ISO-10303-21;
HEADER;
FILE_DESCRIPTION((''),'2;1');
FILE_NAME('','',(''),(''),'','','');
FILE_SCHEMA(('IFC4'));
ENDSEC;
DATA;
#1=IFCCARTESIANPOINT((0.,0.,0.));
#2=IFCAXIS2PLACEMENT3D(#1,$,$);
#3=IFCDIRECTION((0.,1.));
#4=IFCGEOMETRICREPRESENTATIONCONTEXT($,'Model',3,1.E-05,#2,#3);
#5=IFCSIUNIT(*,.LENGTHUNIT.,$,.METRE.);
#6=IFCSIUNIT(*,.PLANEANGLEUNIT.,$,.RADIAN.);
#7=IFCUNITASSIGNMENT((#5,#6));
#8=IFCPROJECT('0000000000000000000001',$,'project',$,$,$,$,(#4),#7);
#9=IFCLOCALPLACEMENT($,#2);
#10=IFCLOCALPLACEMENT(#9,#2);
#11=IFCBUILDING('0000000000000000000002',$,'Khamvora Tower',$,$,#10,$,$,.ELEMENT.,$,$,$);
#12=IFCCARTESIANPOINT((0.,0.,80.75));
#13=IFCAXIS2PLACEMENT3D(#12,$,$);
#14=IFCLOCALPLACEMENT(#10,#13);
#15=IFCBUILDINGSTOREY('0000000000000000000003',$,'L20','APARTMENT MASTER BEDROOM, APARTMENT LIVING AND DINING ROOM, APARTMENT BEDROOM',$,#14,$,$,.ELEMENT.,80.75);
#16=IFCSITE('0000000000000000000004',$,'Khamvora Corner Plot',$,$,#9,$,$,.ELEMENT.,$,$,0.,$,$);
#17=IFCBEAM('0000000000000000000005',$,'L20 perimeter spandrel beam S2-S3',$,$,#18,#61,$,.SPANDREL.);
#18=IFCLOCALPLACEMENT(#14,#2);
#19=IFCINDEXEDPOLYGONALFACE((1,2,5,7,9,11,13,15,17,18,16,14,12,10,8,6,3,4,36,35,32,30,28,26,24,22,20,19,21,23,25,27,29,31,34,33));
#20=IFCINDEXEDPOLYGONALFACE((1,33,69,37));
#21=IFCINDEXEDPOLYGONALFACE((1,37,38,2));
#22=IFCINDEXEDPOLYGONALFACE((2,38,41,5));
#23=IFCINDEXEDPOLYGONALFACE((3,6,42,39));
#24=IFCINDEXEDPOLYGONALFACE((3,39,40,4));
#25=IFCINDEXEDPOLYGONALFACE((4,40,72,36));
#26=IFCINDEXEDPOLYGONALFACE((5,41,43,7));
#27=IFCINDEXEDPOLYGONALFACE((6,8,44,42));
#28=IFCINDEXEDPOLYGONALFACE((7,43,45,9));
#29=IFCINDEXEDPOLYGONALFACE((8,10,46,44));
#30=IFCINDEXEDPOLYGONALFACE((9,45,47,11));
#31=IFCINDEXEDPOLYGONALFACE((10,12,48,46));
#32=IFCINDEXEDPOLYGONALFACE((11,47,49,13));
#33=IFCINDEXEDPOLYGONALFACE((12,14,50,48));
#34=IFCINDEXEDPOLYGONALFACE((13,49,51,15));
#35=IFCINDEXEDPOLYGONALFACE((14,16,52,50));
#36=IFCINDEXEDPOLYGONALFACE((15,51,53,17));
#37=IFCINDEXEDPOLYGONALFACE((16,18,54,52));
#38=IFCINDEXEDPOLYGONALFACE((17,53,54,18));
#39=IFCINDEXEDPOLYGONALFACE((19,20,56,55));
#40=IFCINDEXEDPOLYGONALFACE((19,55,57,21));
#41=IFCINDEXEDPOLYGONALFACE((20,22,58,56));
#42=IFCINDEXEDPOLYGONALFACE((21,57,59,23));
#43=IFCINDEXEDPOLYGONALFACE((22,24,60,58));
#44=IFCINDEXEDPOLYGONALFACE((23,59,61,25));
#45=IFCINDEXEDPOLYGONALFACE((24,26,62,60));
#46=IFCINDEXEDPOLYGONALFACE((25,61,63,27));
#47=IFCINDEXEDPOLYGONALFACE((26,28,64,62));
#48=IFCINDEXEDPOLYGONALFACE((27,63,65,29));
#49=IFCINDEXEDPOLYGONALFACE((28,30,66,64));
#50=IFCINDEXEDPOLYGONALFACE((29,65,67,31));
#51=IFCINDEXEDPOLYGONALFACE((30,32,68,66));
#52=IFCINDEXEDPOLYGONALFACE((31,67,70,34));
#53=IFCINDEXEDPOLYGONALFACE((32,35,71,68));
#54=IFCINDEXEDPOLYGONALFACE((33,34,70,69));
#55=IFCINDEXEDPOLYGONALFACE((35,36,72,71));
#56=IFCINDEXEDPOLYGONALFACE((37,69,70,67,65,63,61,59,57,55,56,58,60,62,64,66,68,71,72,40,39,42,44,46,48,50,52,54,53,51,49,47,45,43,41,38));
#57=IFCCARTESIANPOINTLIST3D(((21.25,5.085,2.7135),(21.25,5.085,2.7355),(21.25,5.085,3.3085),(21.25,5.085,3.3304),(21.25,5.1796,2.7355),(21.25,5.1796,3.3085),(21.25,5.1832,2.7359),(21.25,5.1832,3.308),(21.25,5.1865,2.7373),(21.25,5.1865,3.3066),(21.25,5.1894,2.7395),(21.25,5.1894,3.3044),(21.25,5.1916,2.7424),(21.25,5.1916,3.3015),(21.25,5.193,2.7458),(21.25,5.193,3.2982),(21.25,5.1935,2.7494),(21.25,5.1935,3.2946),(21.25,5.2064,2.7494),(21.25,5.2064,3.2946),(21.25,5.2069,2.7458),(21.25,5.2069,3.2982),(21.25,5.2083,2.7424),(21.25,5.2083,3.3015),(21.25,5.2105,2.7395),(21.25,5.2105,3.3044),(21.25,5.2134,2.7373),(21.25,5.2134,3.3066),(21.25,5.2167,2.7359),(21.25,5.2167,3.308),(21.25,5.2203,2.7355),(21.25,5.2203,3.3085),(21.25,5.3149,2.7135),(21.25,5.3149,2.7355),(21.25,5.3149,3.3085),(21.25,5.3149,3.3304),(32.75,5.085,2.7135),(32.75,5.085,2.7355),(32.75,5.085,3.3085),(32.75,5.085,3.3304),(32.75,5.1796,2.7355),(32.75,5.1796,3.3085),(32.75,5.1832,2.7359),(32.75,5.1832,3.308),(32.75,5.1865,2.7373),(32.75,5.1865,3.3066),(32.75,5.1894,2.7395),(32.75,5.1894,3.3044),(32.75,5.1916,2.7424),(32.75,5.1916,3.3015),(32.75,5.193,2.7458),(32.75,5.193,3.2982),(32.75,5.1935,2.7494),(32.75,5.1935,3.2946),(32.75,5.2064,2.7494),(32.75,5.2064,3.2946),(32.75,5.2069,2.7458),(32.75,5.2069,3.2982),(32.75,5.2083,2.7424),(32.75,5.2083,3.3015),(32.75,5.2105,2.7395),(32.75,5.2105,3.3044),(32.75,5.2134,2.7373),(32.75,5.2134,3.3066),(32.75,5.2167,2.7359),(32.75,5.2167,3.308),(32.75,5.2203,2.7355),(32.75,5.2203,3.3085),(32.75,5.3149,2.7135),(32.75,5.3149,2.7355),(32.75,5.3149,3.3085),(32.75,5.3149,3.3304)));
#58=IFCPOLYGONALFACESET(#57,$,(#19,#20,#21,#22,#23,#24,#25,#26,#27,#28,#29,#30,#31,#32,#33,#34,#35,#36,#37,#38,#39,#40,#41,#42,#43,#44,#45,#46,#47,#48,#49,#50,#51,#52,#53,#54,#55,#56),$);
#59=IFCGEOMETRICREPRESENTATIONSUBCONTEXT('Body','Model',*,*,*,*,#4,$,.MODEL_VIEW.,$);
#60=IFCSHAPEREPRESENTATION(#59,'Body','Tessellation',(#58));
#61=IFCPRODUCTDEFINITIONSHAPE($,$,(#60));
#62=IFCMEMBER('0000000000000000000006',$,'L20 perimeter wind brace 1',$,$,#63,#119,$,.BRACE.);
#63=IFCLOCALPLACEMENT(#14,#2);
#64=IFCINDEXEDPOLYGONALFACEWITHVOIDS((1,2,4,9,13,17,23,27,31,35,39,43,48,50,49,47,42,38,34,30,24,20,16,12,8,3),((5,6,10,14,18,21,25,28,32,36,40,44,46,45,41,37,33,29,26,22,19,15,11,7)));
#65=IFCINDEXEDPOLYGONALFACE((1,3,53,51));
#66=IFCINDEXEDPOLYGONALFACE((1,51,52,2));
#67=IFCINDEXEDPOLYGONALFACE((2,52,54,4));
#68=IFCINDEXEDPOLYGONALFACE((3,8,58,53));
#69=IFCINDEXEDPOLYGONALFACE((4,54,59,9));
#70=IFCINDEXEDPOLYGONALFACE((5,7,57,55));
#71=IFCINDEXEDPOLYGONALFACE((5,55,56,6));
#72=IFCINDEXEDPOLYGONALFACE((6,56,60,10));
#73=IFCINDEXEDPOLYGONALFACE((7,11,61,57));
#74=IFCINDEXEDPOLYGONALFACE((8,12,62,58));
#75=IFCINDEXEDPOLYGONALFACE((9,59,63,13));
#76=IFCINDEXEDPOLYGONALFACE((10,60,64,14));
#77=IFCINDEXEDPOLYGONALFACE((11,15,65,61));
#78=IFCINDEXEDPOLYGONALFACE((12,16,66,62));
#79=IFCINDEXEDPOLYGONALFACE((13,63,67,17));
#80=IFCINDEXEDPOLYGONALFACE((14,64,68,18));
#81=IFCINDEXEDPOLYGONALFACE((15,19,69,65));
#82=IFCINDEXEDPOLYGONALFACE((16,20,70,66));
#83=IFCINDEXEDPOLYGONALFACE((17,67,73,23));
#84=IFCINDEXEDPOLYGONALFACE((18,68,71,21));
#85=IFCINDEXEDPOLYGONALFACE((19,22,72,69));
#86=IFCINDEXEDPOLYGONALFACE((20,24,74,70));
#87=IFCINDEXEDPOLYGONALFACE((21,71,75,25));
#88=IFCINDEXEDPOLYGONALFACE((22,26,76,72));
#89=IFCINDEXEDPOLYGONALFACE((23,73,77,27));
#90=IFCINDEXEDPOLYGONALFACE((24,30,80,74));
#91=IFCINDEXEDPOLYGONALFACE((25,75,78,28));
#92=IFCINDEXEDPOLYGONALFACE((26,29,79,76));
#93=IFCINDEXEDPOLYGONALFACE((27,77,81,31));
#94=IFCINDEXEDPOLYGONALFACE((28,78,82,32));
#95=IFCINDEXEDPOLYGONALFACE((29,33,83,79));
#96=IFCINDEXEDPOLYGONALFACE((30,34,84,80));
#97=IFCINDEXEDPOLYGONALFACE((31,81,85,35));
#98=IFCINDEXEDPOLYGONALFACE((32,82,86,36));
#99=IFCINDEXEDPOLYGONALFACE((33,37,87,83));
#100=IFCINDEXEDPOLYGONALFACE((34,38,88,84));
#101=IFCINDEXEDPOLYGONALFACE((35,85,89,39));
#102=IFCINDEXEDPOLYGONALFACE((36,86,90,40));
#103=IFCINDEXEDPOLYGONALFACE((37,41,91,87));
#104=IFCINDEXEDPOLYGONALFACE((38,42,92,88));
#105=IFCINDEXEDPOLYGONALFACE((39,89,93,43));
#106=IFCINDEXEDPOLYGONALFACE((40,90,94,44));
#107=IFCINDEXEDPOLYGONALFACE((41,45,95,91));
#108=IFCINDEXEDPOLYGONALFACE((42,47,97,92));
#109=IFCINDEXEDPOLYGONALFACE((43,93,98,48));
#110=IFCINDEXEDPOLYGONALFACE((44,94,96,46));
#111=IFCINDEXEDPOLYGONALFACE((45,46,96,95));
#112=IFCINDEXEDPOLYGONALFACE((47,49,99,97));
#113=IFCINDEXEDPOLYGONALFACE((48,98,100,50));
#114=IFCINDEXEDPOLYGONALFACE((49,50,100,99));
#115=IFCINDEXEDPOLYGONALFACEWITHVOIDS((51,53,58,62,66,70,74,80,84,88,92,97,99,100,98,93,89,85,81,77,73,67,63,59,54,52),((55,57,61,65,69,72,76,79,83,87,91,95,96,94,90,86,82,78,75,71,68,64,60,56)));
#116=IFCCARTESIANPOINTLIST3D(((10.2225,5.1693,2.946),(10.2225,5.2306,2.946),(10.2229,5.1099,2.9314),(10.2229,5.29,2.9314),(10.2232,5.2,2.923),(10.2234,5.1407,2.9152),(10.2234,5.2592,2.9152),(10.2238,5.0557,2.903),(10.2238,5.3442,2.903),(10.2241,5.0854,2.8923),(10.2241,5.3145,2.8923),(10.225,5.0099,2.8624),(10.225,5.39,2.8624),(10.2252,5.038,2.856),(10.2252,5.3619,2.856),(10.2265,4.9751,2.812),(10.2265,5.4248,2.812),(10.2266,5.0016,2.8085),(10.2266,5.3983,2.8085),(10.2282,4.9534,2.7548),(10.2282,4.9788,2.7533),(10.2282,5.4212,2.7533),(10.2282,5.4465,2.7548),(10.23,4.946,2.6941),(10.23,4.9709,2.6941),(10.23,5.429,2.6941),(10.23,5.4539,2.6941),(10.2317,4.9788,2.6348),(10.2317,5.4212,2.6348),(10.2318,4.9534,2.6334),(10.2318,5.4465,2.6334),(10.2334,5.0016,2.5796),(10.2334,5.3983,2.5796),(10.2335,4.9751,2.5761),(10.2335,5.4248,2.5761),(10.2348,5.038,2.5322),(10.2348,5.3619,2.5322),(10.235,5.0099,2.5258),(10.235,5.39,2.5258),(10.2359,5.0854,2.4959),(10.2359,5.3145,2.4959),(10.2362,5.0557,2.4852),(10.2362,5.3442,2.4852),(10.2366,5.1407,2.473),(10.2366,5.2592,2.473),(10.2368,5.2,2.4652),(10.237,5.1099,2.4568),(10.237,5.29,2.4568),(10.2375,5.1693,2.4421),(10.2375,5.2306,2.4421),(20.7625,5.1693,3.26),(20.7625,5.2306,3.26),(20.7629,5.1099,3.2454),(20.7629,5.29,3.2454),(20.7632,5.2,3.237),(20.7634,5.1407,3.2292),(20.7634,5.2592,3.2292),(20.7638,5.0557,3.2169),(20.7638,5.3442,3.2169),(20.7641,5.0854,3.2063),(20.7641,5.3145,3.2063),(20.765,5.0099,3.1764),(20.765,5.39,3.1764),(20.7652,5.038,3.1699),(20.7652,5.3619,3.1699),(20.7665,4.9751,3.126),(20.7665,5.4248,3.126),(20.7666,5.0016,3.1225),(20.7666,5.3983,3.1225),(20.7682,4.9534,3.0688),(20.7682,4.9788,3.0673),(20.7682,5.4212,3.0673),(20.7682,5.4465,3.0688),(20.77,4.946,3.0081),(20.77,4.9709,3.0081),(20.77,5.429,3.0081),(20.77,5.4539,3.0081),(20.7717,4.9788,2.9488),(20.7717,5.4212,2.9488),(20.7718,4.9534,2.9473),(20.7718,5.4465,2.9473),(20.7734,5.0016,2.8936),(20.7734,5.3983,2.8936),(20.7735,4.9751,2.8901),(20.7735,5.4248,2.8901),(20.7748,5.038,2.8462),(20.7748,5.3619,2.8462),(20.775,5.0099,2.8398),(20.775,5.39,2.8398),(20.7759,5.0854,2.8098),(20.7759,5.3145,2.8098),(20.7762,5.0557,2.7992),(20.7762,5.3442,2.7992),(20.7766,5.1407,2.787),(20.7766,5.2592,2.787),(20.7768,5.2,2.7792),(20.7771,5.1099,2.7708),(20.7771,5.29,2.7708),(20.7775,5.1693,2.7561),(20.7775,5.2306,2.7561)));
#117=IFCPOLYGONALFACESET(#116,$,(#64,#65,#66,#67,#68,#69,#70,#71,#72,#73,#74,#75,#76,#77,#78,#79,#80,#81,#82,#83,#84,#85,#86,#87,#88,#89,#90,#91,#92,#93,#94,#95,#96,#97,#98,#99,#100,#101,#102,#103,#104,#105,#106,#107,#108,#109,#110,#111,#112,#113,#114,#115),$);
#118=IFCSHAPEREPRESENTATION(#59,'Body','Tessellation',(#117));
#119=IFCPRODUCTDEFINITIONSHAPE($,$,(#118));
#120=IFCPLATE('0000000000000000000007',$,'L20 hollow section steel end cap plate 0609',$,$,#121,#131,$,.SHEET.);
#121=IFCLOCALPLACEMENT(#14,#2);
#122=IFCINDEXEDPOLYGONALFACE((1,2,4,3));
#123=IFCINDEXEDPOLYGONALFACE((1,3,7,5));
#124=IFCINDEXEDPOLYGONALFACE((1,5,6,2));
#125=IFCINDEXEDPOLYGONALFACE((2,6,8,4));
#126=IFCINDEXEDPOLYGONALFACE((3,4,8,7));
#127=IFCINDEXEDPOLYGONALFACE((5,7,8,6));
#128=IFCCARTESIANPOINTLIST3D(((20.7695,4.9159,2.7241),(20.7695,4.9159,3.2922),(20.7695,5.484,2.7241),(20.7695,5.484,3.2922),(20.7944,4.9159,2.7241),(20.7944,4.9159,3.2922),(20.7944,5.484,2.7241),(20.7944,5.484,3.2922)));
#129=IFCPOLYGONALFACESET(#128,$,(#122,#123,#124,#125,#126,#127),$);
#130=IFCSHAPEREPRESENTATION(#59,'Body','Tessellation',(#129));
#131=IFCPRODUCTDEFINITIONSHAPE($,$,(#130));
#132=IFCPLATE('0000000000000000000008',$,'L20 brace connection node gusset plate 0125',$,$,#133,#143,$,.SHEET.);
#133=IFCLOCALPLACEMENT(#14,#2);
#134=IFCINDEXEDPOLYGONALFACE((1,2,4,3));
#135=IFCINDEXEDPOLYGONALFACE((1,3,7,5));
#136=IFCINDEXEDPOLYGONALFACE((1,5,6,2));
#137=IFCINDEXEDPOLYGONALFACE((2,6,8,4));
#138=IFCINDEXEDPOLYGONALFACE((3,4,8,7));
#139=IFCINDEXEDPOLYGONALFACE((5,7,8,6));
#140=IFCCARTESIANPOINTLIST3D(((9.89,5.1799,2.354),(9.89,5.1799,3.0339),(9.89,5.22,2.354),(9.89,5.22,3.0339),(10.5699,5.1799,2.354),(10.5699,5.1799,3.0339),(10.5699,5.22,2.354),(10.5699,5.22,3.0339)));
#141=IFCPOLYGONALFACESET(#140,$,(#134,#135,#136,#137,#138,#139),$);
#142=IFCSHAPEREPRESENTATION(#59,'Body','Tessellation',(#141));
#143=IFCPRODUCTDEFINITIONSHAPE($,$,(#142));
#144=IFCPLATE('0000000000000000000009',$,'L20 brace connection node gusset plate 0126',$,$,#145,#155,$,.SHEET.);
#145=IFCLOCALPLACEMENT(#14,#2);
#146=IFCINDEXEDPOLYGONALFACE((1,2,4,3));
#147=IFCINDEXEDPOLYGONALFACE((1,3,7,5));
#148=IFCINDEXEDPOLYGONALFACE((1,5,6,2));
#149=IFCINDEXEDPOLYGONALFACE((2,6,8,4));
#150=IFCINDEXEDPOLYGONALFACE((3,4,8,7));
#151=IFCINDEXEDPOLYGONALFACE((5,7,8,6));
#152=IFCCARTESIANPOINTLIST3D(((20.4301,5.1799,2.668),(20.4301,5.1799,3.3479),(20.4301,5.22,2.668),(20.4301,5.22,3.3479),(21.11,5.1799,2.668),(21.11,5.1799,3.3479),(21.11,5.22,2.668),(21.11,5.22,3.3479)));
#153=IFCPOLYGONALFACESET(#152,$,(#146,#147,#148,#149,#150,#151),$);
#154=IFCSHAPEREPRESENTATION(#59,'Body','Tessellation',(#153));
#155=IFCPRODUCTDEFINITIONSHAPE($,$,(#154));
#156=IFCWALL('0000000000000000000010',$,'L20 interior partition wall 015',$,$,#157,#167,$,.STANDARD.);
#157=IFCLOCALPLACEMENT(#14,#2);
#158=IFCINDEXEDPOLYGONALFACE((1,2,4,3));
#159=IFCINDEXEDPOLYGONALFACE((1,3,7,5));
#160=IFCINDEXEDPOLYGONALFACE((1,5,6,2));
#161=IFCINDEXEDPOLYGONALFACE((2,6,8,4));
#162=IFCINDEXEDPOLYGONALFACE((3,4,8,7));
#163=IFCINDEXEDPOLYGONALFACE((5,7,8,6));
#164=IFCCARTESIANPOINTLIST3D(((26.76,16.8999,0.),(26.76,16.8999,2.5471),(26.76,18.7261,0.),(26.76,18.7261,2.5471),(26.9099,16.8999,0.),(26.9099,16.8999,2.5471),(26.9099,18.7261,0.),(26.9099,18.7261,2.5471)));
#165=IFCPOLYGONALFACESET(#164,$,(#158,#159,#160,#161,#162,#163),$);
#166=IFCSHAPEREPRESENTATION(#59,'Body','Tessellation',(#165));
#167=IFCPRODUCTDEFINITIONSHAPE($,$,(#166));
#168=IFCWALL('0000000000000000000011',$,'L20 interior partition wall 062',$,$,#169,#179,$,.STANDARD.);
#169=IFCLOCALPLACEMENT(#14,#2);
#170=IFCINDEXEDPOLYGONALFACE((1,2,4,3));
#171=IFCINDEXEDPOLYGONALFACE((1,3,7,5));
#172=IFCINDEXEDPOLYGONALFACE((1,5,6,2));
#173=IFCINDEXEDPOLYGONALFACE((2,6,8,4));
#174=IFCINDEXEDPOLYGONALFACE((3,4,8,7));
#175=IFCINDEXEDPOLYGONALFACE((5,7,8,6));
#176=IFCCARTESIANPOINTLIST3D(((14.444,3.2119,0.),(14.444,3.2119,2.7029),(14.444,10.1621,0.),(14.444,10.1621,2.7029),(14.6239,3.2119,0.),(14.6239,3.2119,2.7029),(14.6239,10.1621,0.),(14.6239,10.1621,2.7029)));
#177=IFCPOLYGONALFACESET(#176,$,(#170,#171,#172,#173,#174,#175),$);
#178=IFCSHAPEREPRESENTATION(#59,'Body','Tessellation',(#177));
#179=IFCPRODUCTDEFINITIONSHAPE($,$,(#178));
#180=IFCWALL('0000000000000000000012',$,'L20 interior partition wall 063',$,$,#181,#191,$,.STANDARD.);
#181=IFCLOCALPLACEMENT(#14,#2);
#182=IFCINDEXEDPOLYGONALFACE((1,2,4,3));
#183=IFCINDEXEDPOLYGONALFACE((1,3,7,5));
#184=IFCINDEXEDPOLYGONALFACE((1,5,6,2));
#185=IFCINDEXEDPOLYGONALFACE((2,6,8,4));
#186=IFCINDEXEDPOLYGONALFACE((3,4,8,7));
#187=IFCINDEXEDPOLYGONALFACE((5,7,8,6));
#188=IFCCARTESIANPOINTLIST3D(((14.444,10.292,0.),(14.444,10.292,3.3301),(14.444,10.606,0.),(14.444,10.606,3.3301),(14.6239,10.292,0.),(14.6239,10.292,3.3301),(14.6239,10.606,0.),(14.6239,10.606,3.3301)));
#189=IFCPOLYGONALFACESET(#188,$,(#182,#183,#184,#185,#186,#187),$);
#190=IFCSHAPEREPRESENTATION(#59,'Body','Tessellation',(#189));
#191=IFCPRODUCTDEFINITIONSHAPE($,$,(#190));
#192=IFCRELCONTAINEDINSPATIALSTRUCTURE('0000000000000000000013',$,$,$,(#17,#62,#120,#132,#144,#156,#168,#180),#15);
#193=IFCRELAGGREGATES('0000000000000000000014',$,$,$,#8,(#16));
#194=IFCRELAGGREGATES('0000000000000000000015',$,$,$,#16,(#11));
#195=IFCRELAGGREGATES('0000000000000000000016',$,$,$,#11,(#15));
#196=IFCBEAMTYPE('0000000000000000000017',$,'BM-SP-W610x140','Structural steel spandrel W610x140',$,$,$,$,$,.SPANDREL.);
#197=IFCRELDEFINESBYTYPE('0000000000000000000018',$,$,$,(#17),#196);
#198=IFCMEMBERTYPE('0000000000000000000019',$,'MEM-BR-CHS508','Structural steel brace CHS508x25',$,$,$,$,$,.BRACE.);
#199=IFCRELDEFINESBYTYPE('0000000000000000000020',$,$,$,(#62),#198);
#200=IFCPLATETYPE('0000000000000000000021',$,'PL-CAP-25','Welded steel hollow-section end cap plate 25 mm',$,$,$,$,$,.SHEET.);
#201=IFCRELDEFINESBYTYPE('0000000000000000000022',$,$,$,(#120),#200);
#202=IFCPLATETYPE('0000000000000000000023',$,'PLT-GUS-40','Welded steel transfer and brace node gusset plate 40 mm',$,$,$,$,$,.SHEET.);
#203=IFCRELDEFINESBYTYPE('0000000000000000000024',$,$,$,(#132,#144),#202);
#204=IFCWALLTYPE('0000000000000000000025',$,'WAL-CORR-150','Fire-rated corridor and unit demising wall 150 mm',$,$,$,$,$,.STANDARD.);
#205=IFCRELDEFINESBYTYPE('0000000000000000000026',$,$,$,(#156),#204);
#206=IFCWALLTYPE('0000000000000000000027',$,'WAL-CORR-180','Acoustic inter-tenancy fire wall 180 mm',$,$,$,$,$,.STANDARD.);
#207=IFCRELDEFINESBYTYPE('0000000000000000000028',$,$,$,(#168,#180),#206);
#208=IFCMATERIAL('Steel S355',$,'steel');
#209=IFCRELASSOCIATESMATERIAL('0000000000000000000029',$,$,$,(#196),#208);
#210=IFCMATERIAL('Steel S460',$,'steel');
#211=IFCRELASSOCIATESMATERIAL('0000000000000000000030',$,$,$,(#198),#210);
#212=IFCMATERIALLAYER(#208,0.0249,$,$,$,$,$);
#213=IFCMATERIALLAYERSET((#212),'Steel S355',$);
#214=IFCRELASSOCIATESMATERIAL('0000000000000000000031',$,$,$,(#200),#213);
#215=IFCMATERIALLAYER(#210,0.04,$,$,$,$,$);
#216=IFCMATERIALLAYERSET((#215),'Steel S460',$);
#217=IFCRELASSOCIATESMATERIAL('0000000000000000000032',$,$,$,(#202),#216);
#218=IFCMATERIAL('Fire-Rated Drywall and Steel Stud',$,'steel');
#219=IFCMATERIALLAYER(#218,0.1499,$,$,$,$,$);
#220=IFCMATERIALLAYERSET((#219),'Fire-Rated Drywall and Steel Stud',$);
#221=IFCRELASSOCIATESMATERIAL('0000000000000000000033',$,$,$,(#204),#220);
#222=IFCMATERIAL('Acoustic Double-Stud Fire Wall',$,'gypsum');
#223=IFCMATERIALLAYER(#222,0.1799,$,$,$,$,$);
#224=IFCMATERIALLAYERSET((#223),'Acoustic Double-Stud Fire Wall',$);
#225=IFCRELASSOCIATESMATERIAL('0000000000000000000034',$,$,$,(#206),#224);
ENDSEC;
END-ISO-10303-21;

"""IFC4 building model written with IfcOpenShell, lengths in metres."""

from ifc_helpers import new_model, si_unit, direction, frame, frame_2d, origin, origin_2d, place, context, subcontext, project, spatial, rectangle, hollow_circle, i_section, extrude, material, layer, layer_set, material_profile, profile_set, type_object, element, save


model = new_model("IFC4")

# Units and contexts
model_context = context("Model", 3, precision=1e-05, world=origin(), true_north=direction((0.0, 1.0)))
body_context = subcontext(model_context, "Body", "Model", "MODEL_VIEW")
ifc_project = project(units=[si_unit("LENGTHUNIT", "METRE"), si_unit("PLANEANGLEUNIT", "RADIAN")], contexts=[model_context])

# Site, building, storey
site_placement = place(None, origin())
site = spatial("IfcSite", under=ifc_project, at=site_placement, Name="Khamvora Corner Plot", CompositionType="ELEMENT", RefElevation=0.0)
building_placement = place(site_placement, origin())
building = spatial("IfcBuilding", under=site, at=building_placement, Name="Khamvora Tower", CompositionType="ELEMENT")
storey_placement = place(building_placement, frame((0.0, 0.0, 80.75)))
storey = spatial("IfcBuildingStorey", under=building, at=storey_placement, Name="L20", Description="APARTMENT MASTER BEDROOM, APARTMENT LIVING AND DINING ROOM, APARTMENT BEDROOM", CompositionType="ELEMENT", Elevation=80.75)

# Shared definitions
ifc_material_1 = material(Name="Steel S355", Category="steel")

# Beam
ifc_material_profile_1 = material_profile(ifc_material_1, i_section(OverallWidth=0.23, OverallDepth=0.6169, WebThickness=0.0129, FlangeThickness=0.022, FilletRadius=0.0139, at=origin_2d()), Name="W610x140")
ifc_profile_set_1 = profile_set([ifc_material_profile_1], Name="Steel S355")
beam_type_1 = type_object("IfcBeamType", Name="BM-SP-W610x140", Description="Structural steel spandrel W610x140", PredefinedType="SPANDREL", material=ifc_profile_set_1)
beam_1_placement = place(storey_placement, frame((21.25, 5.2, 3.022), z_axis=(1.0, 0.0, 0.0), x_axis=(0.0, 1.0, 0.0)))
element("IfcBeam", 1, at=beam_1_placement, inside=storey, type_object=beam_type_1, Name="L20 perimeter spandrel beam S2-S3", PredefinedType="SPANDREL", context=body_context, shape_type="SweptSolid", body=[
    extrude(i_section(OverallWidth=0.23, OverallDepth=0.6169, WebThickness=0.0129, FlangeThickness=0.022, FilletRadius=0.0139, at=origin_2d()), origin(), (0.0, 0.0, 1.0), 11.5),
])

# Member
ifc_material_2 = material(Name="Steel S460", Category="steel")
ifc_material_profile_2 = material_profile(ifc_material_2, hollow_circle(Radius=0.2539, WallThickness=0.0249, at=origin_2d()), Name="CHS508x25")
ifc_profile_set_2 = profile_set([ifc_material_profile_2], Name="Steel S460")
member_type = type_object("IfcMemberType", Name="MEM-BR-CHS508", Description="Structural steel brace CHS508x25", PredefinedType="BRACE", material=ifc_profile_set_2)
member_placement = place(storey_placement, frame((10.23, 5.2, 2.6941), z_axis=(0.999557, 0.0, 0.029775), x_axis=(0.0, 1.0, 0.0)))
element("IfcMember", 2, at=member_placement, inside=storey, type_object=member_type, Name="L20 perimeter wind brace 1", PredefinedType="BRACE", context=body_context, shape_type="SweptSolid", body=[
    extrude(hollow_circle(Radius=0.2539, WallThickness=0.0249, at=origin_2d()), origin(), (0.0, 0.0, 1.0), 10.5447),
])

# Plates
ifc_layer_1 = layer(ifc_material_1, 0.0249)
ifc_layer_set_1 = layer_set([ifc_layer_1], Name="Steel S355")
plate_type_1 = type_object("IfcPlateType", Name="PL-CAP-25", Description="Welded steel hollow-section end cap plate 25 mm", PredefinedType="SHEET", material=ifc_layer_set_1)
plate_placement = place(storey_placement, frame((20.782, 5.2, 2.7241), z_axis=(0.0, 0.0, 1.0), x_axis=(1.0, 0.0, 0.0)))
element("IfcPlate", 3, at=plate_placement, inside=storey, type_object=plate_type_1, Name="L20 hollow section steel end cap plate 0609", PredefinedType="SHEET", context=body_context, shape_type="SweptSolid", body=[
    extrude(rectangle(XDim=0.0249, YDim=0.5681, at=origin_2d()), origin(), (0.0, 0.0, 1.0), 0.5681),
])
ifc_layer_2 = layer(ifc_material_2, 0.04)
ifc_layer_set_2 = layer_set([ifc_layer_2], Name="Steel S460")
plate_type_2 = type_object("IfcPlateType", Name="PLT-GUS-40", Description="Welded steel transfer and brace node gusset plate 40 mm", PredefinedType="SHEET", material=ifc_layer_set_2)
for number, where, z_axis, x_axis, name in (
    (4, (10.23, 5.2, 2.354), (0.0, 0.0, 1.0), (1.0, 0.0, 0.0), "L20 brace connection node gusset plate 0125"),
    (5, (20.77, 5.2, 2.668), (0.0, 0.0, 1.0), (1.0, 0.0, 0.0), "L20 brace connection node gusset plate 0126"),
):
    element("IfcPlate", number, at=place(storey_placement, frame(where, z_axis=z_axis, x_axis=x_axis)), inside=storey, type_object=plate_type_2, Name=name, PredefinedType="SHEET", context=body_context, shape_type="SweptSolid", body=[
        extrude(rectangle(XDim=0.6799, YDim=0.04, at=origin_2d()), origin(), (0.0, 0.0, 1.0), 0.6799),
    ])

# Walls
ifc_material_3 = material(Name="Fire-Rated Drywall and Steel Stud", Category="steel")
ifc_layer_3 = layer(ifc_material_3, 0.1499)
ifc_layer_set_3 = layer_set([ifc_layer_3], Name="Fire-Rated Drywall and Steel Stud")
wall_type_1 = type_object("IfcWallType", Name="WAL-CORR-150", Description="Fire-rated corridor and unit demising wall 150 mm", PredefinedType="STANDARD", material=ifc_layer_set_3)
wall_1_placement = place(storey_placement, frame((26.835, 16.8999, 0.0), z_axis=(0.0, 0.0, 1.0), x_axis=(0.0, 1.0, 0.0)))
element("IfcWall", 6, at=wall_1_placement, inside=storey, type_object=wall_type_1, Name="L20 interior partition wall 015", PredefinedType="STANDARD", context=body_context, shape_type="SweptSolid", body=[
    extrude(rectangle(XDim=1.8262, YDim=0.1499, at=frame_2d((0.9131, 0.0))), origin(), (0.0, 0.0, 1.0), 2.5471),
])
ifc_material_4 = material(Name="Acoustic Double-Stud Fire Wall", Category="gypsum")
ifc_layer_4 = layer(ifc_material_4, 0.1799)
ifc_layer_set_4 = layer_set([ifc_layer_4], Name="Acoustic Double-Stud Fire Wall")
wall_type_2 = type_object("IfcWallType", Name="WAL-CORR-180", Description="Acoustic inter-tenancy fire wall 180 mm", PredefinedType="STANDARD", material=ifc_layer_set_4)
wall_2_placement = place(storey_placement, frame((14.5339, 10.1621, 0.0), z_axis=(0.0, 0.0, 1.0), x_axis=(0.0, -1.0, 0.0)))
element("IfcWall", 7, at=wall_2_placement, inside=storey, type_object=wall_type_2, Name="L20 interior partition wall 062", PredefinedType="STANDARD", context=body_context, shape_type="SweptSolid", body=[
    extrude(rectangle(XDim=6.9502, YDim=0.1799, at=frame_2d((3.4751, 0.0))), origin(), (0.0, 0.0, 1.0), 2.7029),
])
wall_3_placement = place(storey_placement, frame((14.5339, 10.606, 0.0), z_axis=(0.0, 0.0, 1.0), x_axis=(0.0, -1.0, 0.0)))
element("IfcWall", 8, at=wall_3_placement, inside=storey, type_object=wall_type_2, Name="L20 interior partition wall 063", PredefinedType="STANDARD", context=body_context, shape_type="SweptSolid", body=[
    extrude(rectangle(XDim=0.314, YDim=0.1799, at=frame_2d((0.157, 0.0))), origin(), (0.0, 0.0, 1.0), 3.3301),
])

save(model, "model.ifc")
